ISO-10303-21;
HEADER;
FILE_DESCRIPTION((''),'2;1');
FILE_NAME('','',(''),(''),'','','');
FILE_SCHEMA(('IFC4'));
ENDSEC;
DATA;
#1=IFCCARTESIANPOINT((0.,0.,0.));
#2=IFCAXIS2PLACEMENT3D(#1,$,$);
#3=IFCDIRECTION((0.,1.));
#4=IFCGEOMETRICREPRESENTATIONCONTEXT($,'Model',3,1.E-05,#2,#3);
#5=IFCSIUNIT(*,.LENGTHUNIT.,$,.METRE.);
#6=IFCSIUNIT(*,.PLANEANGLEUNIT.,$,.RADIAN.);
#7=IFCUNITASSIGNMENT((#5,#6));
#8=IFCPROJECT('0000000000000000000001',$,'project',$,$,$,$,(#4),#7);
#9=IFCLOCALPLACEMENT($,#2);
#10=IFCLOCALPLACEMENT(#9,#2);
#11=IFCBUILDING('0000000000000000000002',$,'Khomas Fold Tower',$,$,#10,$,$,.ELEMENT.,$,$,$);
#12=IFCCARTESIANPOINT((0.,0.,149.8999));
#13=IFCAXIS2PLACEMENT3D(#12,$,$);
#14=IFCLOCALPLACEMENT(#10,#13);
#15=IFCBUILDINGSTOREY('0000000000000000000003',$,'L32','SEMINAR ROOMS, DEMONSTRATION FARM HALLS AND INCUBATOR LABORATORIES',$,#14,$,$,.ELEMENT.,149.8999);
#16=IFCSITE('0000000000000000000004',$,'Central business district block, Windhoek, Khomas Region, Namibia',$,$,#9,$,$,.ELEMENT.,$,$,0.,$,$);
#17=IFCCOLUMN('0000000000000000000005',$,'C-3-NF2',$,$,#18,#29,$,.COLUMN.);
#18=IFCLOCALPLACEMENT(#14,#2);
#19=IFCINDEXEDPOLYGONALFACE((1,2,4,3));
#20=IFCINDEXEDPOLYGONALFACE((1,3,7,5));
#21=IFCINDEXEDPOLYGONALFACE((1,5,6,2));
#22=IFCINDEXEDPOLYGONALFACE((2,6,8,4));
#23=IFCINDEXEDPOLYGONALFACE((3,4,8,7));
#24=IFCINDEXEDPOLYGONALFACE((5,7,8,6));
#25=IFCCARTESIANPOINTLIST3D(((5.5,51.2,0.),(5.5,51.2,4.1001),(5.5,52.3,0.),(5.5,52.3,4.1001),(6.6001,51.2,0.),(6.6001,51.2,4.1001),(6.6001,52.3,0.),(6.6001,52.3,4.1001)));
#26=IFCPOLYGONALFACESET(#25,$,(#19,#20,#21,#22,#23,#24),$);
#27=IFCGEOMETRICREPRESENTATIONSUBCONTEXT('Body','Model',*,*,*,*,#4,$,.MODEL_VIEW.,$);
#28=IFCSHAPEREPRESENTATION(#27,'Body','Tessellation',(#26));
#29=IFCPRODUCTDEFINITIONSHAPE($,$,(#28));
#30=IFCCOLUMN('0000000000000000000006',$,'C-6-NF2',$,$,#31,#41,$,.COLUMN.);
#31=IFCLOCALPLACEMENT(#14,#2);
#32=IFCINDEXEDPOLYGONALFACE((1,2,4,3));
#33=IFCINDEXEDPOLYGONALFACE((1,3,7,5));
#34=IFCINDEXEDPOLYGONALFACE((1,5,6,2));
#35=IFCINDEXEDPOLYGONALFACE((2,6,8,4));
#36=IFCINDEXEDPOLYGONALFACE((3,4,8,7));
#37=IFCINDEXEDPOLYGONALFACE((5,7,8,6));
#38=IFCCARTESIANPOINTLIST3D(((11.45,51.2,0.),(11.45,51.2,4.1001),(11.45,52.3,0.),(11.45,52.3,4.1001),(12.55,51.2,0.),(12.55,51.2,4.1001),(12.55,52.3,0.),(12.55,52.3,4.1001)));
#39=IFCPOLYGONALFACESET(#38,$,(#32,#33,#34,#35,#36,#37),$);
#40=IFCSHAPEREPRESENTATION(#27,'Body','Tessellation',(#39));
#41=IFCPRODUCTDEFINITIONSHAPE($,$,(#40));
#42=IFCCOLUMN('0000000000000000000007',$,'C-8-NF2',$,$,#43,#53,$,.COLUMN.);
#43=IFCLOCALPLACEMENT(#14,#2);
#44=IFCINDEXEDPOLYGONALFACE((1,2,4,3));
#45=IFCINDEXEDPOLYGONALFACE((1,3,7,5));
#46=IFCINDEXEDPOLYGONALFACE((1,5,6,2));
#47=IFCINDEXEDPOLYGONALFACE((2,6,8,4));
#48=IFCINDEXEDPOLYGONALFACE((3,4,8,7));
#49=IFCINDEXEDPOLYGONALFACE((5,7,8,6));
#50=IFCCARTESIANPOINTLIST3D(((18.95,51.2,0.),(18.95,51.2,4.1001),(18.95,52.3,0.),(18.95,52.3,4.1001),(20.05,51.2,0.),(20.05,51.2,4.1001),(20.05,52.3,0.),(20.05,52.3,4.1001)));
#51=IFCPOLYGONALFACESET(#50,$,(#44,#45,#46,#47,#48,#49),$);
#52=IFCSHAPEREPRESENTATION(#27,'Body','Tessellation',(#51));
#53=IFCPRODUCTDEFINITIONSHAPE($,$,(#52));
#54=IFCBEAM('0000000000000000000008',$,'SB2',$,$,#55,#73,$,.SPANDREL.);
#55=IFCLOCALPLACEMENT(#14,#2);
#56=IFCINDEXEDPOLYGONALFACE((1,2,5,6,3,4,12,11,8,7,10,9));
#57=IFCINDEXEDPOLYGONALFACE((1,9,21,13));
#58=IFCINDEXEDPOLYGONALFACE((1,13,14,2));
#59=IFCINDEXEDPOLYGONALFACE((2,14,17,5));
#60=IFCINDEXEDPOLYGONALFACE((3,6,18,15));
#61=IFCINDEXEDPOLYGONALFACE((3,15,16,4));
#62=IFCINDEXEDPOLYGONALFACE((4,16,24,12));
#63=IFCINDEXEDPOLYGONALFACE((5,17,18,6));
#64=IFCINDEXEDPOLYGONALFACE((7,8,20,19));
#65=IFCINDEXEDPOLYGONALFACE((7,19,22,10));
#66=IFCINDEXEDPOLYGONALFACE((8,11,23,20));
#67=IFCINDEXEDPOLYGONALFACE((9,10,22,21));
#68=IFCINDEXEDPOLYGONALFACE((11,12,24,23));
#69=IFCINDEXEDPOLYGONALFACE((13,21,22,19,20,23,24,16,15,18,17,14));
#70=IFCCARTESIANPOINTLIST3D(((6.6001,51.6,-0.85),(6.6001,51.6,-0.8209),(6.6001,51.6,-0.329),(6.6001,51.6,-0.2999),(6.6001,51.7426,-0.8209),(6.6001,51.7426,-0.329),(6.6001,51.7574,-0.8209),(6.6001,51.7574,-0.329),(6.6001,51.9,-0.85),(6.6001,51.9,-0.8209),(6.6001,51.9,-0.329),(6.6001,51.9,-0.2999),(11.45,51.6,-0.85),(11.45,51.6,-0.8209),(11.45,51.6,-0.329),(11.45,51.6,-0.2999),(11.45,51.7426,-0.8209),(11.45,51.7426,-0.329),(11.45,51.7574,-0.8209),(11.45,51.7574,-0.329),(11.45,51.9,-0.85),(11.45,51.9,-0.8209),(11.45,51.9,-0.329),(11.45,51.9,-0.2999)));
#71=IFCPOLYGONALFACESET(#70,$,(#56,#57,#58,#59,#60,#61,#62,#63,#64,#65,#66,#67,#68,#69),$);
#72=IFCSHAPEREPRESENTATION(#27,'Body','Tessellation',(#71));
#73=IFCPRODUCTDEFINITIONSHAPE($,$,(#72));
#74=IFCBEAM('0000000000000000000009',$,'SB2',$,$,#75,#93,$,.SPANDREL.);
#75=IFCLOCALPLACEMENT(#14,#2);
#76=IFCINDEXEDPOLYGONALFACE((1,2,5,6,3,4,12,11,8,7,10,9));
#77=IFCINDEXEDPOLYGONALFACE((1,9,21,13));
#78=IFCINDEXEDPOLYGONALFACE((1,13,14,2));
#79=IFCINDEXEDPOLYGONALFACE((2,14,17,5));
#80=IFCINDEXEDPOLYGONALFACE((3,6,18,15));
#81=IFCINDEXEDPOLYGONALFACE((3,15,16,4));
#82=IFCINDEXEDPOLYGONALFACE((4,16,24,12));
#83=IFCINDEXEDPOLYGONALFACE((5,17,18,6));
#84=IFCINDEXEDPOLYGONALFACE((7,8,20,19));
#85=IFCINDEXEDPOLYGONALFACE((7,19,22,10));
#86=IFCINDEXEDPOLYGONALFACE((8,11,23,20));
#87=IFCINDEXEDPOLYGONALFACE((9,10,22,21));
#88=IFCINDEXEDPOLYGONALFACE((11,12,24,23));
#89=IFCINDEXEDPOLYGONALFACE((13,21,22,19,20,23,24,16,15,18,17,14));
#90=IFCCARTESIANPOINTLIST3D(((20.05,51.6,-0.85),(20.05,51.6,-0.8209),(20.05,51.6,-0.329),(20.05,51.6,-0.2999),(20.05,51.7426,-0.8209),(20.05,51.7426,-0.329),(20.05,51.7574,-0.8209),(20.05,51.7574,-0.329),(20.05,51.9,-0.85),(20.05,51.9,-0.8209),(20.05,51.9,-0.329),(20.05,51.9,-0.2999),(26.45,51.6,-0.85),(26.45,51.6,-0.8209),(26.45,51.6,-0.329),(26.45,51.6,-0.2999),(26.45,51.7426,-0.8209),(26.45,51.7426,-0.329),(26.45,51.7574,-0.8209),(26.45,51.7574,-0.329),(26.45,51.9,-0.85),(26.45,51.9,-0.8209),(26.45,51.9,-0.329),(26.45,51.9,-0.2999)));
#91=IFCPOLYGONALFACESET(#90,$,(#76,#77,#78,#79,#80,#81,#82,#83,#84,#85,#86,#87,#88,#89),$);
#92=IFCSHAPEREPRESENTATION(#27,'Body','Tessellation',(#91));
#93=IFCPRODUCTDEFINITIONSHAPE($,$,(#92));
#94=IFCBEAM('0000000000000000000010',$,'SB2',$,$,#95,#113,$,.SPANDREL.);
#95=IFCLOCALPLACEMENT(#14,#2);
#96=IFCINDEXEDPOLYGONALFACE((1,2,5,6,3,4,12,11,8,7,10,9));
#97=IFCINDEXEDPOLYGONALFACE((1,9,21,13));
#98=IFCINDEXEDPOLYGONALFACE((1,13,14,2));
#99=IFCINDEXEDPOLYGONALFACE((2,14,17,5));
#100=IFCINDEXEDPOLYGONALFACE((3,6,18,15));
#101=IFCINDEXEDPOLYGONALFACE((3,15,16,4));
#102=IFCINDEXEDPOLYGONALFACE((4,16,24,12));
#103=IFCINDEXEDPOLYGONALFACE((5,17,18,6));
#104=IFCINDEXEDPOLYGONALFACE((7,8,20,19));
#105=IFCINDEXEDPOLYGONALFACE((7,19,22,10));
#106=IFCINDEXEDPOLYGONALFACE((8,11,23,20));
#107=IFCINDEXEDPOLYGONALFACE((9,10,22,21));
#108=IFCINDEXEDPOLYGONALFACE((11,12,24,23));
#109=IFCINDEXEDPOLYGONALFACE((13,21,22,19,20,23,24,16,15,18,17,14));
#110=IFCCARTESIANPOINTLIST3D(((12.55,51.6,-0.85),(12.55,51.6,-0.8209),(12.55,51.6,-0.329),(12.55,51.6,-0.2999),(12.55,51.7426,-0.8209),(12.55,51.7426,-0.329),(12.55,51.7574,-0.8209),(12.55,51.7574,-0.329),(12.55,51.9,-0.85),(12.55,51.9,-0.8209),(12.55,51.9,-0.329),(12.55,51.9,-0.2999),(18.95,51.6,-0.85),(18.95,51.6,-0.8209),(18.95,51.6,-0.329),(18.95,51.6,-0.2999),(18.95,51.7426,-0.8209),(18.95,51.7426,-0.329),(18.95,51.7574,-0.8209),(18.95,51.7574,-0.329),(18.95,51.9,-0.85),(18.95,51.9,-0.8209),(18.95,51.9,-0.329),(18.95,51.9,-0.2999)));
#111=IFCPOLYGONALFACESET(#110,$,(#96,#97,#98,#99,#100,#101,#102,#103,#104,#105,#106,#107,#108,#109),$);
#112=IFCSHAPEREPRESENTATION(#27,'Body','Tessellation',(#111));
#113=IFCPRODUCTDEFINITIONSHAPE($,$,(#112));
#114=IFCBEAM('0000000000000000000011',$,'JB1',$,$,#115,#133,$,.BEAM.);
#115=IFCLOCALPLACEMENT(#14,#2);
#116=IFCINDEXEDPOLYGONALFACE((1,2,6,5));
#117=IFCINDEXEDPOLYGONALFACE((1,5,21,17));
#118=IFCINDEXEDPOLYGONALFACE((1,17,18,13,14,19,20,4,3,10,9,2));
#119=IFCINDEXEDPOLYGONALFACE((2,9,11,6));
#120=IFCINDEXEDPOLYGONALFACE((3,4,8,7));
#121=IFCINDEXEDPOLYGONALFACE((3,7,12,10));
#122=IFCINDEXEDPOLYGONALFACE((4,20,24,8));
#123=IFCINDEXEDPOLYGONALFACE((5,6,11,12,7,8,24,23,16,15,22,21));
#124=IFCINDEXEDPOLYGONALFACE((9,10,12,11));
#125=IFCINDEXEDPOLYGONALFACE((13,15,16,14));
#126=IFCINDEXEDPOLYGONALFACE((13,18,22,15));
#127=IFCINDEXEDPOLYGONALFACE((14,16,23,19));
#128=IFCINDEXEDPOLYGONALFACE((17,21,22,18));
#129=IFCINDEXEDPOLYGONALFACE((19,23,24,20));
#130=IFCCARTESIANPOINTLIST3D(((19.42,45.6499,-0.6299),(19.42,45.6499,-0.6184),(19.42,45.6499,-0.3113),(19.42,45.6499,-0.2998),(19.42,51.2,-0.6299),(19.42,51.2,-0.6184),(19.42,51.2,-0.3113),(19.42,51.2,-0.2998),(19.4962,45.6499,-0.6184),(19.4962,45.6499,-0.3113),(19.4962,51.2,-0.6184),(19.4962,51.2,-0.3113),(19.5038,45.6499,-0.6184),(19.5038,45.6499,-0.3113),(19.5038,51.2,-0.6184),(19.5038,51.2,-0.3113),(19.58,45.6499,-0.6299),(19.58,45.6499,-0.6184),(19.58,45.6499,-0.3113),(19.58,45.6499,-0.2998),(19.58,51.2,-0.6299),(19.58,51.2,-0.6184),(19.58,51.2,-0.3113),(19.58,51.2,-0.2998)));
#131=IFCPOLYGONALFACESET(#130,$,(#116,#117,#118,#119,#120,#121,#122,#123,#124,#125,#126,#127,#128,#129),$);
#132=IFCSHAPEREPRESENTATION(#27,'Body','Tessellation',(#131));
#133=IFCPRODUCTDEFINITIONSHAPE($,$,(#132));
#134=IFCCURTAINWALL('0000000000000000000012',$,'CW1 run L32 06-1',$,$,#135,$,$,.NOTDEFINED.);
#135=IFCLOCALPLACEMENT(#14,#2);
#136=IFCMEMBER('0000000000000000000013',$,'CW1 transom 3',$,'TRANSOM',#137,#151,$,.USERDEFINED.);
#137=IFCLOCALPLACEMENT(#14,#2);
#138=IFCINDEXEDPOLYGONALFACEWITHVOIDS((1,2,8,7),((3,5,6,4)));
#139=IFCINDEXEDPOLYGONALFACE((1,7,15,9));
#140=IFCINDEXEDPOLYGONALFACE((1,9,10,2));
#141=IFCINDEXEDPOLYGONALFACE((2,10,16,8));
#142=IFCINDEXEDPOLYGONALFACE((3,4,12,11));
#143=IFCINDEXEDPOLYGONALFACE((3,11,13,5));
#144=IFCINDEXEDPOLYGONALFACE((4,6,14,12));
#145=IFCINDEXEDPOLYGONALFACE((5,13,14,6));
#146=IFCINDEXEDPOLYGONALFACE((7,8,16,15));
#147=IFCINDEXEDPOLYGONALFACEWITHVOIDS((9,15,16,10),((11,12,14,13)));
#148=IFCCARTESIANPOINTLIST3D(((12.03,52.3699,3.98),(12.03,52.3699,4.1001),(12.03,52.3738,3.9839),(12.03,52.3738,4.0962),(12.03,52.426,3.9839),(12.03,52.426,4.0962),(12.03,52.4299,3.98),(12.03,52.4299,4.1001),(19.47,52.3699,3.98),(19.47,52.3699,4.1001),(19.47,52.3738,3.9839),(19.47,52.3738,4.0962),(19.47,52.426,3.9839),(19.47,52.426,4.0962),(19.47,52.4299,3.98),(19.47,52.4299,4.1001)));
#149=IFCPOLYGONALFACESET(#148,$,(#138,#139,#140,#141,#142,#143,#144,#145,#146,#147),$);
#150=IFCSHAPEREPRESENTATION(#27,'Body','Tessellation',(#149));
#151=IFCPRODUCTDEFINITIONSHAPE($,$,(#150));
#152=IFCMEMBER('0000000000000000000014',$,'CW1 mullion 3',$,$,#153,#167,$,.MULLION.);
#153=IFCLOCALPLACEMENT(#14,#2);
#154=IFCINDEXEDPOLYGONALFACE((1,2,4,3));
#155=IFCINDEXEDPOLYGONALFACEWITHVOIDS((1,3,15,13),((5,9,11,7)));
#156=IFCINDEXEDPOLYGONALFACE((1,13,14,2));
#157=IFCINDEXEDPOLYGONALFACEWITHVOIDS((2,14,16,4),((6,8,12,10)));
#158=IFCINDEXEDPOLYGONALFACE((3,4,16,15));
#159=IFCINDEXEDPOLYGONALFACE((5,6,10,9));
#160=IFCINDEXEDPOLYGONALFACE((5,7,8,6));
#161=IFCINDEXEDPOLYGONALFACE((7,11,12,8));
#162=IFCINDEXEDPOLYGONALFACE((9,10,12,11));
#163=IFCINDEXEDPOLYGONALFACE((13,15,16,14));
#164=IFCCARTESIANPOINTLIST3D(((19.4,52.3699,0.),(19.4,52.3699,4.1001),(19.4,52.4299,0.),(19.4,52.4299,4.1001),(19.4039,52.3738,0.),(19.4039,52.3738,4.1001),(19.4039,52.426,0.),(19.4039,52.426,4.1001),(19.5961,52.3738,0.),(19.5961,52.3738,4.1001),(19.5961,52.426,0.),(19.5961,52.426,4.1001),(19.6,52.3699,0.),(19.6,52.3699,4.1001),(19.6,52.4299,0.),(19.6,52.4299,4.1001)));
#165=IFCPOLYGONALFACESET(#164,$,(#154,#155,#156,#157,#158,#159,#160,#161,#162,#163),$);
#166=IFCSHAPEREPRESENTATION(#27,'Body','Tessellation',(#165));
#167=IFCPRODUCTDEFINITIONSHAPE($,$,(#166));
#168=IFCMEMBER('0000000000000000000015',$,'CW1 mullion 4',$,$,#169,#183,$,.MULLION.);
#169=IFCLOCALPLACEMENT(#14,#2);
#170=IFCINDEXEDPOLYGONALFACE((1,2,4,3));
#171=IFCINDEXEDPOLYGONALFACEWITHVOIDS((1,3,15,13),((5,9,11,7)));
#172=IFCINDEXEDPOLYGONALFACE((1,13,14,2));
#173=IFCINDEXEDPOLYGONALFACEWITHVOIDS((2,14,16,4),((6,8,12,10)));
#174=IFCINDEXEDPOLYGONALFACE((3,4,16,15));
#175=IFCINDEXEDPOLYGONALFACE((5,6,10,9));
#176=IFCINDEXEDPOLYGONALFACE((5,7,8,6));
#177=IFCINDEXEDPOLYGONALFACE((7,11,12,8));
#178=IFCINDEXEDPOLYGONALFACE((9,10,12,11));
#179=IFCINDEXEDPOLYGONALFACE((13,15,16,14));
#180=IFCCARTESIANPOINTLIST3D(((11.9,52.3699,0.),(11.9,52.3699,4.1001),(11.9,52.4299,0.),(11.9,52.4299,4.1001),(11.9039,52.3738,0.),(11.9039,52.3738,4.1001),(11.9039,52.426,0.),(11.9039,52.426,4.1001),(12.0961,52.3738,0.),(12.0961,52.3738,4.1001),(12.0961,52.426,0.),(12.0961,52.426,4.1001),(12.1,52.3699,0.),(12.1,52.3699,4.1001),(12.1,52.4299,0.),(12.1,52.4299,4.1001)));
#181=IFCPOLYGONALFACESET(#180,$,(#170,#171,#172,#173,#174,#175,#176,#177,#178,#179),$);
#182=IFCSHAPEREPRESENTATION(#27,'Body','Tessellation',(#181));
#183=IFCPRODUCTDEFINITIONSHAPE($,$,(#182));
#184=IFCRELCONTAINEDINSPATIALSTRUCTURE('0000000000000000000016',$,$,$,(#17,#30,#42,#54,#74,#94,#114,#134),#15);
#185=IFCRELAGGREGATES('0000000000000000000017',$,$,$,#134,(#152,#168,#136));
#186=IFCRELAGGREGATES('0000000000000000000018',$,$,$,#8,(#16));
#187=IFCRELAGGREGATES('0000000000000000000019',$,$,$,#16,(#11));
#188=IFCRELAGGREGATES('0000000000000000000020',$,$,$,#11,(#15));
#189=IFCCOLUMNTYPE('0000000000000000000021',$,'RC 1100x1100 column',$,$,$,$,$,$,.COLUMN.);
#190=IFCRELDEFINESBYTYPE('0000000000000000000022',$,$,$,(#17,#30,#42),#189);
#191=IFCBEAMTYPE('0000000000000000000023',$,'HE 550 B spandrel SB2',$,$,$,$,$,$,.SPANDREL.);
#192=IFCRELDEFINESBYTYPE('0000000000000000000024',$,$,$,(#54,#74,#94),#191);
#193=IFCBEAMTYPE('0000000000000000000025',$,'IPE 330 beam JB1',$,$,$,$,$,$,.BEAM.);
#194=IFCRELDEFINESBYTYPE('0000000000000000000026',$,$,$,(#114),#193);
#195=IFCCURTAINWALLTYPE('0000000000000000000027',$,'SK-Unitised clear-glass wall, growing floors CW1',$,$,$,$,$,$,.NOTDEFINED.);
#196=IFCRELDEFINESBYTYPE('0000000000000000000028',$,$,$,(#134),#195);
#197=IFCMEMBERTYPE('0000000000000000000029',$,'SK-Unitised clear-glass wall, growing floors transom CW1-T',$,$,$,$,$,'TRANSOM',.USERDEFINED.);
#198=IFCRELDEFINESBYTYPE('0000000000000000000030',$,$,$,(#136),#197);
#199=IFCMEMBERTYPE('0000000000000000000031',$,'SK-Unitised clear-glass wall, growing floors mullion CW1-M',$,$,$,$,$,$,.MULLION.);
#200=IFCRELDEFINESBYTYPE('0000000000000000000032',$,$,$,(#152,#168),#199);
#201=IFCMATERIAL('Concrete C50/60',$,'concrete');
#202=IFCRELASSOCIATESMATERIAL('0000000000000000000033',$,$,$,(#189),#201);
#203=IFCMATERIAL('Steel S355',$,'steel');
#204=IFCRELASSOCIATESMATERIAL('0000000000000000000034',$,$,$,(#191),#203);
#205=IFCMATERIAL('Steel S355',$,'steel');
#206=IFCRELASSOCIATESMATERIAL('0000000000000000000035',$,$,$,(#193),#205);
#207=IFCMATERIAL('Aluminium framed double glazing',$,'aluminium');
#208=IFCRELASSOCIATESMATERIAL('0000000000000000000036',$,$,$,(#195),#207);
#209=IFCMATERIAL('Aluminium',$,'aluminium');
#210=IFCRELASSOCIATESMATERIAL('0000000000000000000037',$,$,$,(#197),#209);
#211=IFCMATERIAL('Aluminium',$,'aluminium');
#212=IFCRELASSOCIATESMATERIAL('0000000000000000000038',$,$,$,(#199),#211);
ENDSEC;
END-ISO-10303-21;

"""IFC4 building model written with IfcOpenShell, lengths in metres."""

from ifc_helpers import new_model, si_unit, direction, frame, origin, origin_2d, place, context, subcontext, project, spatial, rectangle, hollow_rectangle, i_section, extrude, source, transform, mapped, material, material_profile, profile_set, type_object, element, aggregate, save


model = new_model("IFC4")

# Units and contexts
model_context = context("Model", 3, precision=1e-05, world=origin(), true_north=direction((0.0, 1.0)))
body_context = subcontext(model_context, "Body", "Model", "MODEL_VIEW")
ifc_project = project(units=[si_unit("LENGTHUNIT", "METRE"), si_unit("PLANEANGLEUNIT", "RADIAN")], contexts=[model_context])

# Site, building, storey
site_placement = place(None, origin())
site = spatial("IfcSite", under=ifc_project, at=site_placement, Name="Central business district block, Windhoek, Khomas Region, Namibia", CompositionType="ELEMENT", RefElevation=0.0)
building_placement = place(site_placement, origin())
building = spatial("IfcBuilding", under=site, at=building_placement, Name="Khomas Fold Tower", CompositionType="ELEMENT")
storey_placement = place(building_placement, frame((0.0, 0.0, 149.8999)))
storey = spatial("IfcBuildingStorey", under=building, at=storey_placement, Name="L32", Description="SEMINAR ROOMS, DEMONSTRATION FARM HALLS AND INCUBATOR LABORATORIES", CompositionType="ELEMENT", Elevation=149.8999)

# Columns
ifc_material_1 = material(Name="Concrete C50/60", Category="concrete")
ifc_material_profile_1 = material_profile(ifc_material_1, rectangle(XDim=1.1001, YDim=1.1001, at=origin_2d()), Name="RC 1100x1100")
ifc_profile_set_1 = profile_set([ifc_material_profile_1], Name="Concrete C50/60")
column_type = type_object("IfcColumnType", Name="RC 1100x1100 column", PredefinedType="COLUMN", material=ifc_profile_set_1)
shared_shape_1 = source(origin(), body_context, "Body", "SweptSolid", [
    extrude(rectangle(XDim=1.1001, YDim=1.1001, at=origin_2d()), origin(), (0.0, 0.0, 1.0), 4.1001),
])
for number, where, z_axis, x_axis, name in (
    (1, (6.05, 51.75, 0.0), (0.0, 0.0, 1.0), (1.0, 0.0, 0.0), "C-3-NF2"),
    (2, (12.0, 51.75, 0.0), (0.0, 0.0, 1.0), (1.0, 0.0, 0.0), "C-6-NF2"),
    (3, (19.5, 51.75, 0.0), (0.0, 0.0, 1.0), (1.0, 0.0, 0.0), "C-8-NF2"),
):
    element("IfcColumn", number, at=place(storey_placement, frame(where, z_axis=z_axis, x_axis=x_axis)), inside=storey, type_object=column_type, Name=name, PredefinedType="COLUMN", context=body_context, shape_type="MappedRepresentation", body=[
        mapped(shared_shape_1, transform((0.0, 0.0, 0.0))),
    ])

# Beams
ifc_material_2 = material(Name="Steel S355", Category="steel")
ifc_material_profile_2 = material_profile(ifc_material_2, i_section(OverallWidth=0.3, OverallDepth=0.55, WebThickness=0.0149, FlangeThickness=0.0291, at=origin_2d()), Name="HE 550 B")
ifc_profile_set_2 = profile_set([ifc_material_profile_2], Name="Steel S355")
beam_type_1 = type_object("IfcBeamType", Name="HE 550 B spandrel SB2", PredefinedType="SPANDREL", material=ifc_profile_set_2)
shared_shape_2 = source(origin(), body_context, "Body", "SweptSolid", [
    extrude(i_section(OverallWidth=0.3, OverallDepth=0.55, WebThickness=0.0149, FlangeThickness=0.0291, at=origin_2d()), origin(), (0.0, 0.0, 1.0), 4.8499),
])
beam_1_placement = place(storey_placement, frame((6.6001, 51.75, -0.575), z_axis=(1.0, 0.0, 0.0), x_axis=(0.0, 1.0, 0.0)))
element("IfcBeam", 4, at=beam_1_placement, inside=storey, type_object=beam_type_1, Name="SB2", PredefinedType="SPANDREL", context=body_context, shape_type="MappedRepresentation", body=[
    mapped(shared_shape_2, transform((0.0, 0.0, 0.0))),
])
shared_shape_3 = source(origin(), body_context, "Body", "SweptSolid", [
    extrude(i_section(OverallWidth=0.3, OverallDepth=0.55, WebThickness=0.0149, FlangeThickness=0.0291, at=origin_2d()), origin(), (0.0, 0.0, 1.0), 6.3999),
])
for number, where, z_axis, x_axis, name in (
    (5, (20.05, 51.75, -0.575), (1.0, 0.0, 0.0), (0.0, 1.0, 0.0), "SB2"),
    (6, (12.55, 51.75, -0.575), (1.0, 0.0, 0.0), (0.0, 1.0, 0.0), "SB2"),
):
    element("IfcBeam", number, at=place(storey_placement, frame(where, z_axis=z_axis, x_axis=x_axis)), inside=storey, type_object=beam_type_1, Name=name, PredefinedType="SPANDREL", context=body_context, shape_type="MappedRepresentation", body=[
        mapped(shared_shape_3, transform((0.0, 0.0, 0.0))),
    ])
ifc_material_3 = material(Name="Steel S355", Category="steel")
ifc_material_profile_3 = material_profile(ifc_material_3, i_section(OverallWidth=0.1599, OverallDepth=0.3301, WebThickness=0.0076, FlangeThickness=0.0115, at=origin_2d()), Name="IPE 330")
ifc_profile_set_3 = profile_set([ifc_material_profile_3], Name="Steel S355")
beam_type_2 = type_object("IfcBeamType", Name="IPE 330 beam JB1", PredefinedType="BEAM", material=ifc_profile_set_3)
shared_shape_4 = source(origin(), body_context, "Body", "SweptSolid", [
    extrude(i_section(OverallWidth=0.1599, OverallDepth=0.3301, WebThickness=0.0076, FlangeThickness=0.0115, at=origin_2d()), origin(), (0.0, 0.0, 1.0), 5.55),
])
beam_2_placement = place(storey_placement, frame((19.5, 45.6499, -0.4648), z_axis=(0.0, 1.0, 0.0), x_axis=(-1.0, 0.0, 0.0)))
element("IfcBeam", 7, at=beam_2_placement, inside=storey, type_object=beam_type_2, Name="JB1", PredefinedType="BEAM", context=body_context, shape_type="MappedRepresentation", body=[
    mapped(shared_shape_4, transform((0.0, 0.0, 0.0))),
])

# Curtain wall, members
ifc_material_4 = material(Name="Aluminium framed double glazing", Category="aluminium")
curtain_wall_type = type_object("IfcCurtainWallType", Name="SK-Unitised clear-glass wall, growing floors CW1", PredefinedType="NOTDEFINED", material=ifc_material_4)
curtain_wall_placement = place(storey_placement, origin())
curtain_wall = element("IfcCurtainWall", 8, at=curtain_wall_placement, inside=storey, type_object=curtain_wall_type, Name="CW1 run L32 06-1", PredefinedType="NOTDEFINED")
ifc_material_5 = material(Name="Aluminium", Category="aluminium")
ifc_material_profile_4 = material_profile(ifc_material_5, hollow_rectangle(XDim=0.0601, YDim=0.1201, WallThickness=0.0039, at=origin_2d()), Name="SK-Unitised clear-glass wall, growing floors transom CW1-T")
ifc_profile_set_4 = profile_set([ifc_material_profile_4], Name="Aluminium")
member_type_1 = type_object("IfcMemberType", Name="SK-Unitised clear-glass wall, growing floors transom CW1-T", ElementType="TRANSOM", PredefinedType="USERDEFINED", material=ifc_profile_set_4)
shared_shape_5 = source(origin(), body_context, "Body", "SweptSolid", [
    extrude(hollow_rectangle(XDim=0.0601, YDim=0.1201, WallThickness=0.0039, at=origin_2d()), origin(), (0.0, 0.0, 1.0), 7.4399),
])
member_1_placement = place(storey_placement, frame((19.47, 52.3999, 4.04), z_axis=(-1.0, 0.0, 0.0), x_axis=(0.0, -1.0, 0.0)))
member_1 = element("IfcMember", 9, at=member_1_placement, type_object=member_type_1, Name="CW1 transom 3", ObjectType="TRANSOM", PredefinedType="USERDEFINED", context=body_context, shape_type="MappedRepresentation", body=[
    mapped(shared_shape_5, transform((0.0, 0.0, 0.0))),
])
ifc_material_6 = material(Name="Aluminium", Category="aluminium")
ifc_material_profile_5 = material_profile(ifc_material_6, hollow_rectangle(XDim=0.0601, YDim=0.2, WallThickness=0.0039, at=origin_2d()), Name="SK-Unitised clear-glass wall, growing floors mullion CW1-M")
ifc_profile_set_5 = profile_set([ifc_material_profile_5], Name="Aluminium")
member_type_2 = type_object("IfcMemberType", Name="SK-Unitised clear-glass wall, growing floors mullion CW1-M", PredefinedType="MULLION", material=ifc_profile_set_5)
shared_shape_6 = source(origin(), body_context, "Body", "SweptSolid", [
    extrude(hollow_rectangle(XDim=0.0601, YDim=0.2, WallThickness=0.0039, at=origin_2d()), origin(), (0.0, 0.0, 1.0), 4.1001),
])
member_2_placement = place(storey_placement, frame((19.5, 52.3999, 0.0), z_axis=(0.0, 0.0, 1.0), x_axis=(0.0, -1.0, 0.0)))
member_2 = element("IfcMember", 10, at=member_2_placement, type_object=member_type_2, Name="CW1 mullion 3", PredefinedType="MULLION", context=body_context, shape_type="MappedRepresentation", body=[
    mapped(shared_shape_6, transform((0.0, 0.0, 0.0))),
])
member_3_placement = place(storey_placement, frame((12.0, 52.3999, 0.0), z_axis=(0.0, 0.0, 1.0), x_axis=(0.0, -1.0, 0.0)))
member_3 = element("IfcMember", 11, at=member_3_placement, type_object=member_type_2, Name="CW1 mullion 4", PredefinedType="MULLION", context=body_context, shape_type="MappedRepresentation", body=[
    mapped(shared_shape_6, transform((0.0, 0.0, 0.0))),
])
aggregate(curtain_wall, [member_2, member_3, member_1])

save(model, "model.ifc")
